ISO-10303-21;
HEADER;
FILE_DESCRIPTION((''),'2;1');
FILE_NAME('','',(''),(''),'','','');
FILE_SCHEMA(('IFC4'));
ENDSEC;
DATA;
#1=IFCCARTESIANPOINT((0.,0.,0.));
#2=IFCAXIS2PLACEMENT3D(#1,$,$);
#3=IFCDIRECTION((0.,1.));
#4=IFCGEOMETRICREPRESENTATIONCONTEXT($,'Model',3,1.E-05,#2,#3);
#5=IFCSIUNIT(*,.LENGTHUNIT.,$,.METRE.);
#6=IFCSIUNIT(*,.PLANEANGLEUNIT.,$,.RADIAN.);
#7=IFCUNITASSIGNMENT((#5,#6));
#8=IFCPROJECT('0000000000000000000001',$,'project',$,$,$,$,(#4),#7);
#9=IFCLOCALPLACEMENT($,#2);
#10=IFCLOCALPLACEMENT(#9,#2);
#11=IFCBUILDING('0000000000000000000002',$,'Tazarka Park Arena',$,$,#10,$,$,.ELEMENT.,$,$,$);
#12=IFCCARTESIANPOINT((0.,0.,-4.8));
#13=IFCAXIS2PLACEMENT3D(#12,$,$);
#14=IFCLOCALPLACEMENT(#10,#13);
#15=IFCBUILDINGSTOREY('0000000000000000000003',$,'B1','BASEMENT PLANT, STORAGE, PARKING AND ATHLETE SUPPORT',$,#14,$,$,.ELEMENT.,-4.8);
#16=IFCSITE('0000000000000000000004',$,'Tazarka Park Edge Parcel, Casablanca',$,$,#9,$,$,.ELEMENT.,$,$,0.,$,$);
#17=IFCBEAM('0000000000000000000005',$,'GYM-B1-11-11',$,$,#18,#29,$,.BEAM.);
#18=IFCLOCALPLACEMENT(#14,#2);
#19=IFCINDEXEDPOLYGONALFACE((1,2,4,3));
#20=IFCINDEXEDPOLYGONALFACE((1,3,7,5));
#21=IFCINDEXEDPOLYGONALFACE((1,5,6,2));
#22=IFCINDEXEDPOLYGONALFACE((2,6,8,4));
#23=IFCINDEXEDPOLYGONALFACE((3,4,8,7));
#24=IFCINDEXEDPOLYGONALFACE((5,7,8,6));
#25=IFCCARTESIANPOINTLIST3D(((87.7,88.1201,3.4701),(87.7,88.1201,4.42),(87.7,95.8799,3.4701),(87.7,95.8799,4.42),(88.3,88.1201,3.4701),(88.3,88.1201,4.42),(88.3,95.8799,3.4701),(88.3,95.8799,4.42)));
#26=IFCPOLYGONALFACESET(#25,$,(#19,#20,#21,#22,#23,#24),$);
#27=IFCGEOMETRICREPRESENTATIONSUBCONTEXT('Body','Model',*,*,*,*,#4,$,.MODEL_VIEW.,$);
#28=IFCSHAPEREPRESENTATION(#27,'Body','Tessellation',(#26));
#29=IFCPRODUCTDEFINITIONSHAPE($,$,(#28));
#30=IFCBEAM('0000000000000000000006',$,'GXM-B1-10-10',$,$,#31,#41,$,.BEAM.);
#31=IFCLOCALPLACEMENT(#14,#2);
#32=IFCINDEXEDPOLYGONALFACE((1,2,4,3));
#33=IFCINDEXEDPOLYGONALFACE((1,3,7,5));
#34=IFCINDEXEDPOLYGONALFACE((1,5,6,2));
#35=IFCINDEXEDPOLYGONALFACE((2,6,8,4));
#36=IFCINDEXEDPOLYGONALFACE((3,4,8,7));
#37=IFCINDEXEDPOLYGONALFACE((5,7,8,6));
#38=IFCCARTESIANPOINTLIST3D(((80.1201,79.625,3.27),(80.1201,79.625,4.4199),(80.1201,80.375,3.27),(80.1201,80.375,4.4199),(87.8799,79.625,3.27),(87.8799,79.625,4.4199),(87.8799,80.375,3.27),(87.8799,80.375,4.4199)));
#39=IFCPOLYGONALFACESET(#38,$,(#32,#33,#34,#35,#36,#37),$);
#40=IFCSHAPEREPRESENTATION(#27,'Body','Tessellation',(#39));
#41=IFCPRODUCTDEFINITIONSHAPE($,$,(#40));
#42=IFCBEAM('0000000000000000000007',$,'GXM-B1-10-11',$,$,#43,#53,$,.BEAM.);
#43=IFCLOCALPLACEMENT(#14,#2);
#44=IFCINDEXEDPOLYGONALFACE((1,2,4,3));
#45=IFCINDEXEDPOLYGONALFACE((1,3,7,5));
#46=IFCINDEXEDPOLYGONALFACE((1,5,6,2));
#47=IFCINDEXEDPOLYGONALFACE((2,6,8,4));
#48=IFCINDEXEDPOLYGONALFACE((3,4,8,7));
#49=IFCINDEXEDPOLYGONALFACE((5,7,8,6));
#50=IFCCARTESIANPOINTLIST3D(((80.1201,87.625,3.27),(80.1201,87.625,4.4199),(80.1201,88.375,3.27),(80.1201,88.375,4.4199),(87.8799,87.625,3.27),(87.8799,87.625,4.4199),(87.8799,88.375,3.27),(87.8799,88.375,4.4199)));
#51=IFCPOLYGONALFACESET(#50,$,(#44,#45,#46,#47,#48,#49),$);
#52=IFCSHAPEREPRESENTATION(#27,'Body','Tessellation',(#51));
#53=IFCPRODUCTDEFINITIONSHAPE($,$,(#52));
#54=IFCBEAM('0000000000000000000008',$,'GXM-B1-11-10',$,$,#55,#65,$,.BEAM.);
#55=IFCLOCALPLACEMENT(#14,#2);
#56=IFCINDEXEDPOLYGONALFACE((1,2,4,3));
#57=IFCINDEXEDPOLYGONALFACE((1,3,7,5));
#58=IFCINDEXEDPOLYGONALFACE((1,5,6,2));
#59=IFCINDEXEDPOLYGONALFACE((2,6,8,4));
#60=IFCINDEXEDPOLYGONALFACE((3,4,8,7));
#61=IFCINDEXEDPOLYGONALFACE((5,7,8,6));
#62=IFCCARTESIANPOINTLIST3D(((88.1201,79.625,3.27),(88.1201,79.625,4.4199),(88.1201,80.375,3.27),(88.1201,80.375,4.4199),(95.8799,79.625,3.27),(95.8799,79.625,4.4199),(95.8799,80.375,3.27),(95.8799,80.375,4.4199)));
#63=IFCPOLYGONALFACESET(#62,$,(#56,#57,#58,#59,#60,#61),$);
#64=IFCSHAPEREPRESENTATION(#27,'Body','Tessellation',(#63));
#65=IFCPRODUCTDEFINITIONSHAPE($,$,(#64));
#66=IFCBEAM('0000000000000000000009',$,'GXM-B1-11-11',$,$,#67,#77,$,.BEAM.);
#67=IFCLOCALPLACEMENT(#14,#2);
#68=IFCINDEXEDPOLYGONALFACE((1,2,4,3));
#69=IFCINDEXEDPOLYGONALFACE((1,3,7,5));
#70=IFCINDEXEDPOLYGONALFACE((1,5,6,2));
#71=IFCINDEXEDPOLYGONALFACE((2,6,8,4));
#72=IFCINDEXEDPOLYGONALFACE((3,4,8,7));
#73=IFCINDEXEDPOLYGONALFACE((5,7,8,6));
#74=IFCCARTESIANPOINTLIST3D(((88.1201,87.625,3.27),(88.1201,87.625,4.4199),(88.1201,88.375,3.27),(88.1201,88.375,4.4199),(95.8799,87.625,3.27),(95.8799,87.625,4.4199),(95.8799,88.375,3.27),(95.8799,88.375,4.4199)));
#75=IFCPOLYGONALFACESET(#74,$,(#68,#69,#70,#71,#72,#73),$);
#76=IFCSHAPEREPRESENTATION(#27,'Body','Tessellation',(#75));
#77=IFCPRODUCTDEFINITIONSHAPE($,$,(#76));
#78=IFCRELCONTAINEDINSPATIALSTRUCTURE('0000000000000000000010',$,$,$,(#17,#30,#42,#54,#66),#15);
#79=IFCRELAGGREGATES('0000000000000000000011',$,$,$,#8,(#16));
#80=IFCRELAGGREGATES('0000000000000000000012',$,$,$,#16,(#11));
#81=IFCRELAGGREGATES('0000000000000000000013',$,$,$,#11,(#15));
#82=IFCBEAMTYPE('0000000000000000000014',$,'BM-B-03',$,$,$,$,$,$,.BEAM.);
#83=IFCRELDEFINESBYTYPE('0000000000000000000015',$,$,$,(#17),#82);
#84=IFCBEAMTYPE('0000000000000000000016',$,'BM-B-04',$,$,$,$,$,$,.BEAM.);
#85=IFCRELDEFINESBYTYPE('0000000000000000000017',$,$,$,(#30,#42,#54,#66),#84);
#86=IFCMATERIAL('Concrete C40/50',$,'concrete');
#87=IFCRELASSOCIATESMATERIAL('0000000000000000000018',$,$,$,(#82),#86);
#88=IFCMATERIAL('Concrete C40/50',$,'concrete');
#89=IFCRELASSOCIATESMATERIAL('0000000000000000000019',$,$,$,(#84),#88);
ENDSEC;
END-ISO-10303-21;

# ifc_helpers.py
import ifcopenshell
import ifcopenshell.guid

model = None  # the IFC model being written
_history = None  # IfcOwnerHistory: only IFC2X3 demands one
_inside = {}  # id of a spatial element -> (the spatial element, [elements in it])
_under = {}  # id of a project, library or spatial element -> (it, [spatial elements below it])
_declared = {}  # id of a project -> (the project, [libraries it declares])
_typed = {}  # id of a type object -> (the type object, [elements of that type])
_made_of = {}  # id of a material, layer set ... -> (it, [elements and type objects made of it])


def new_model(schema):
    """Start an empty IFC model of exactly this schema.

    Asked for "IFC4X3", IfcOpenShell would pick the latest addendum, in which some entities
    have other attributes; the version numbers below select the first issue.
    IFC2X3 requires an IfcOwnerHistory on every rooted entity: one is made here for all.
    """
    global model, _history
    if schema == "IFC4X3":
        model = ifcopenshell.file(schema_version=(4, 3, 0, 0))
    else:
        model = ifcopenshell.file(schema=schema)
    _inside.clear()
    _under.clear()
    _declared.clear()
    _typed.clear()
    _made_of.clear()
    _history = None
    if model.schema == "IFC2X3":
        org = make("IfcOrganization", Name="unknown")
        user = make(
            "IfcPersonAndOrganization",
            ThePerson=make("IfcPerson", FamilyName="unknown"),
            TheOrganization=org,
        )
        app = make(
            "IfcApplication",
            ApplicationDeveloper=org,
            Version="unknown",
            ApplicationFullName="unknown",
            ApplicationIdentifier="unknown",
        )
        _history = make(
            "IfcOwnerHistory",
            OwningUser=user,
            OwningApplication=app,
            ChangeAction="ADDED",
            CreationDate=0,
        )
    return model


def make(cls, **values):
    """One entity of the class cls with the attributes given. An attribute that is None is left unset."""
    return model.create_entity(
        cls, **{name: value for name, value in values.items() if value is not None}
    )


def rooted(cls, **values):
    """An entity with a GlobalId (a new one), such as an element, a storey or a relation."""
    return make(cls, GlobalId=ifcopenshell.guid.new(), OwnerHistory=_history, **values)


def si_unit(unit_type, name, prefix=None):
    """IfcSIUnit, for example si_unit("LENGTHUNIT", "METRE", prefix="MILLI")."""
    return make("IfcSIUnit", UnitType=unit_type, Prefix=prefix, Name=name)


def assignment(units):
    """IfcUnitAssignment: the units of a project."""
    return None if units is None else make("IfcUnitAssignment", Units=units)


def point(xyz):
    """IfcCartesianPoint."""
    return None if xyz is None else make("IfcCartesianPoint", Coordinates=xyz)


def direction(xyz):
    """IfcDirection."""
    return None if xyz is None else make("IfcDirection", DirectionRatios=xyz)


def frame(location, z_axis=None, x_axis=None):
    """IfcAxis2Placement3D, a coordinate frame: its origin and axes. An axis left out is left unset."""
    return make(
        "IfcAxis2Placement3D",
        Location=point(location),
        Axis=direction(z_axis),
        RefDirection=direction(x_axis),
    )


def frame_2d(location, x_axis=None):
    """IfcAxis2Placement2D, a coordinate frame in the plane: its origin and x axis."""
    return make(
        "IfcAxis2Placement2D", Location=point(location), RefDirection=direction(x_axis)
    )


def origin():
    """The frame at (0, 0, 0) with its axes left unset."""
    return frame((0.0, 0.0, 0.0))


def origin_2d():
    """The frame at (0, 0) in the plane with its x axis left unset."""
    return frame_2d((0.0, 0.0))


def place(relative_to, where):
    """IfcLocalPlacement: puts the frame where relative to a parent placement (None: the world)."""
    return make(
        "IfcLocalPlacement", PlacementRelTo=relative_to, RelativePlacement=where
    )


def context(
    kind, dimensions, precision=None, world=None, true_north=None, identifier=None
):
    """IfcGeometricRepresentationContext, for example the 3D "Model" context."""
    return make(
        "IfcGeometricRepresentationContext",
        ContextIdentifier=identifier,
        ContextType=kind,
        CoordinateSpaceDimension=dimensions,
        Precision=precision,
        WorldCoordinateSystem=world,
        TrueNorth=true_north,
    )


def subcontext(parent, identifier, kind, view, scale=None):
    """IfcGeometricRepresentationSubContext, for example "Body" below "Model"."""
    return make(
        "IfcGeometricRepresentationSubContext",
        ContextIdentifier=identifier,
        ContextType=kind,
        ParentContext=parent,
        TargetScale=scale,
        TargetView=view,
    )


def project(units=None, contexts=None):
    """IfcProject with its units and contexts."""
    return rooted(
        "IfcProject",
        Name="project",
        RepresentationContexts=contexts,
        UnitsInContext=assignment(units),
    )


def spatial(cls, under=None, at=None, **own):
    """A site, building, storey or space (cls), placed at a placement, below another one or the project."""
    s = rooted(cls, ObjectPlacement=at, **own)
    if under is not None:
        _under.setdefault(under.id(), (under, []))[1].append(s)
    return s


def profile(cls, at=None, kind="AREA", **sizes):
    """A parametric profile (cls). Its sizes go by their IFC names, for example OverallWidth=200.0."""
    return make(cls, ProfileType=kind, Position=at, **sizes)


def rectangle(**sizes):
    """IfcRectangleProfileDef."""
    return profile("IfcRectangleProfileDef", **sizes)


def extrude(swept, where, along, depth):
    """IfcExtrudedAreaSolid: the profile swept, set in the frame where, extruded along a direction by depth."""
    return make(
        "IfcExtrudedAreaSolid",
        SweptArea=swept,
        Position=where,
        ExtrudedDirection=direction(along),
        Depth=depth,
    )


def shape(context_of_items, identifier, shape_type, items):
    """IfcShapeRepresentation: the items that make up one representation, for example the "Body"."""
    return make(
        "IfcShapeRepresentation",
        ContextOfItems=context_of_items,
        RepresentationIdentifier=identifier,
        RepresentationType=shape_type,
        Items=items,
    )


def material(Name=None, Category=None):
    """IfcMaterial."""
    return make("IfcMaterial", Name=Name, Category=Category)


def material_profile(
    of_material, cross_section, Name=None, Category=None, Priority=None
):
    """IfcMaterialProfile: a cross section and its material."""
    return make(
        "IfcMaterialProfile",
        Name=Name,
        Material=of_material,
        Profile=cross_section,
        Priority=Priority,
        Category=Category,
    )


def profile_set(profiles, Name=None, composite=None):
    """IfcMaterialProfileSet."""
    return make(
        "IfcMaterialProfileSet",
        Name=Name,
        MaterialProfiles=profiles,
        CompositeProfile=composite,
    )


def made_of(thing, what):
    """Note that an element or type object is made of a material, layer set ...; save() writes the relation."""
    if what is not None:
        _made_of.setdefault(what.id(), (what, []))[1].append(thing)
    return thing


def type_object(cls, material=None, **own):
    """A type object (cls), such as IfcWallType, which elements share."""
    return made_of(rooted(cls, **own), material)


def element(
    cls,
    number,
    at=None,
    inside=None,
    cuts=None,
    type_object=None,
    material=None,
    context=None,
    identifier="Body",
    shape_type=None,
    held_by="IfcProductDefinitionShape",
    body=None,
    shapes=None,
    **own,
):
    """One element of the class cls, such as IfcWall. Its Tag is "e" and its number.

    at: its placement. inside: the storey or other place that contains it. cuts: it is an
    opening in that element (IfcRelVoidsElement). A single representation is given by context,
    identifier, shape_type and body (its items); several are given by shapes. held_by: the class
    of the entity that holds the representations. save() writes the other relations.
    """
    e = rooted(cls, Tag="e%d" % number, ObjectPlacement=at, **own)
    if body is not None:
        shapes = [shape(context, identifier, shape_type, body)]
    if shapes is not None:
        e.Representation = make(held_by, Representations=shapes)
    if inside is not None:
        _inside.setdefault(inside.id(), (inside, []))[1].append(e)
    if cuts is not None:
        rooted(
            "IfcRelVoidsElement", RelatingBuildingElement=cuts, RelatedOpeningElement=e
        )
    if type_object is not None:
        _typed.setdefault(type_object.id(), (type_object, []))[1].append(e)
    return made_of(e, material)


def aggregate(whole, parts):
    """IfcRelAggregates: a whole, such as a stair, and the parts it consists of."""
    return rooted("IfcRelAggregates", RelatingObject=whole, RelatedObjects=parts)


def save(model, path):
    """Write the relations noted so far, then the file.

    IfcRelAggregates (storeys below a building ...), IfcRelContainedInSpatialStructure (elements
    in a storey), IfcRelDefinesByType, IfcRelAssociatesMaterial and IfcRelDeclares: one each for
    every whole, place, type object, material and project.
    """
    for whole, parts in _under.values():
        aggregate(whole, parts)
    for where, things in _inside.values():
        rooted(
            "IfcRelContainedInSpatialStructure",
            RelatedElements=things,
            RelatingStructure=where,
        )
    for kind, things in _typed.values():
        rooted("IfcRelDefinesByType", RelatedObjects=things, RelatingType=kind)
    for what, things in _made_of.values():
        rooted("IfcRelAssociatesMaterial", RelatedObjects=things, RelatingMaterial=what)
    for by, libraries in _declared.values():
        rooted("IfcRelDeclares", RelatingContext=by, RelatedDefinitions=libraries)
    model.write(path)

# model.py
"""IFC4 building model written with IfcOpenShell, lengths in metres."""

from ifc_helpers import new_model, si_unit, direction, frame, origin, origin_2d, place, context, subcontext, project, spatial, rectangle, extrude, material, material_profile, profile_set, type_object, element, save


model = new_model("IFC4")

# Units and contexts
model_context = context("Model", 3, precision=1e-05, world=origin(), true_north=direction((0.0, 1.0)))
body_context = subcontext(model_context, "Body", "Model", "MODEL_VIEW")
ifc_project = project(units=[si_unit("LENGTHUNIT", "METRE"), si_unit("PLANEANGLEUNIT", "RADIAN")], contexts=[model_context])

# Site, building, storey
site_placement = place(None, origin())
site = spatial("IfcSite", under=ifc_project, at=site_placement, Name="Tazarka Park Edge Parcel, Casablanca", CompositionType="ELEMENT", RefElevation=0.0)
building_placement = place(site_placement, origin())
building = spatial("IfcBuilding", under=site, at=building_placement, Name="Tazarka Park Arena", CompositionType="ELEMENT")
storey_placement = place(building_placement, frame((0.0, 0.0, -4.8)))
storey = spatial("IfcBuildingStorey", under=building, at=storey_placement, Name="B1", Description="BASEMENT PLANT, STORAGE, PARKING AND ATHLETE SUPPORT", CompositionType="ELEMENT", Elevation=-4.8)

# Beams
ifc_material_1 = material(Name="Concrete C40/50", Category="concrete")
ifc_material_profile_1 = material_profile(ifc_material_1, rectangle(XDim=0.6001, YDim=0.95, at=origin_2d()), Name="Concrete C40/50")
ifc_profile_set_1 = profile_set([ifc_material_profile_1], Name="Concrete C40/50")
beam_type_1 = type_object("IfcBeamType", Name="BM-B-03", PredefinedType="BEAM", material=ifc_profile_set_1)
for number, where, z_axis, x_axis, name in (
    (1, (88.0, 88.1201, 3.9451), (0.0, 1.0, 0.0), (-1.0, 0.0, 0.0), "GYM-B1-11-11"),
):
    element("IfcBeam", number, at=place(storey_placement, frame(where, z_axis=z_axis, x_axis=x_axis)), inside=storey, type_object=beam_type_1, Name=name, PredefinedType="BEAM", context=body_context, shape_type="SweptSolid", body=[
        extrude(rectangle(XDim=0.6001, YDim=0.95, at=origin_2d()), origin(), (0.0, 0.0, 1.0), 7.7598),
    ])
ifc_material_2 = material(Name="Concrete C40/50", Category="concrete")
ifc_material_profile_2 = material_profile(ifc_material_2, rectangle(XDim=0.75, YDim=1.1499, at=origin_2d()), Name="Concrete C40/50")
ifc_profile_set_2 = profile_set([ifc_material_profile_2], Name="Concrete C40/50")
beam_type_2 = type_object("IfcBeamType", Name="BM-B-04", PredefinedType="BEAM", material=ifc_profile_set_2)
for number, where, z_axis, x_axis, name in (
    (2, (80.1201, 80.0, 3.845), (1.0, 0.0, 0.0), (0.0, 1.0, 0.0), "GXM-B1-10-10"),
    (3, (80.1201, 88.0, 3.845), (1.0, 0.0, 0.0), (0.0, 1.0, 0.0), "GXM-B1-10-11"),
    (4, (88.1201, 80.0, 3.845), (1.0, 0.0, 0.0), (0.0, 1.0, 0.0), "GXM-B1-11-10"),
    (5, (88.1201, 88.0, 3.845), (1.0, 0.0, 0.0), (0.0, 1.0, 0.0), "GXM-B1-11-11"),
):
    element("IfcBeam", number, at=place(storey_placement, frame(where, z_axis=z_axis, x_axis=x_axis)), inside=storey, type_object=beam_type_2, Name=name, PredefinedType="BEAM", context=body_context, shape_type="SweptSolid", body=[
        extrude(rectangle(XDim=0.75, YDim=1.1499, at=origin_2d()), origin(), (0.0, 0.0, 1.0), 7.7598),
    ])

save(model, "model.ifc")
